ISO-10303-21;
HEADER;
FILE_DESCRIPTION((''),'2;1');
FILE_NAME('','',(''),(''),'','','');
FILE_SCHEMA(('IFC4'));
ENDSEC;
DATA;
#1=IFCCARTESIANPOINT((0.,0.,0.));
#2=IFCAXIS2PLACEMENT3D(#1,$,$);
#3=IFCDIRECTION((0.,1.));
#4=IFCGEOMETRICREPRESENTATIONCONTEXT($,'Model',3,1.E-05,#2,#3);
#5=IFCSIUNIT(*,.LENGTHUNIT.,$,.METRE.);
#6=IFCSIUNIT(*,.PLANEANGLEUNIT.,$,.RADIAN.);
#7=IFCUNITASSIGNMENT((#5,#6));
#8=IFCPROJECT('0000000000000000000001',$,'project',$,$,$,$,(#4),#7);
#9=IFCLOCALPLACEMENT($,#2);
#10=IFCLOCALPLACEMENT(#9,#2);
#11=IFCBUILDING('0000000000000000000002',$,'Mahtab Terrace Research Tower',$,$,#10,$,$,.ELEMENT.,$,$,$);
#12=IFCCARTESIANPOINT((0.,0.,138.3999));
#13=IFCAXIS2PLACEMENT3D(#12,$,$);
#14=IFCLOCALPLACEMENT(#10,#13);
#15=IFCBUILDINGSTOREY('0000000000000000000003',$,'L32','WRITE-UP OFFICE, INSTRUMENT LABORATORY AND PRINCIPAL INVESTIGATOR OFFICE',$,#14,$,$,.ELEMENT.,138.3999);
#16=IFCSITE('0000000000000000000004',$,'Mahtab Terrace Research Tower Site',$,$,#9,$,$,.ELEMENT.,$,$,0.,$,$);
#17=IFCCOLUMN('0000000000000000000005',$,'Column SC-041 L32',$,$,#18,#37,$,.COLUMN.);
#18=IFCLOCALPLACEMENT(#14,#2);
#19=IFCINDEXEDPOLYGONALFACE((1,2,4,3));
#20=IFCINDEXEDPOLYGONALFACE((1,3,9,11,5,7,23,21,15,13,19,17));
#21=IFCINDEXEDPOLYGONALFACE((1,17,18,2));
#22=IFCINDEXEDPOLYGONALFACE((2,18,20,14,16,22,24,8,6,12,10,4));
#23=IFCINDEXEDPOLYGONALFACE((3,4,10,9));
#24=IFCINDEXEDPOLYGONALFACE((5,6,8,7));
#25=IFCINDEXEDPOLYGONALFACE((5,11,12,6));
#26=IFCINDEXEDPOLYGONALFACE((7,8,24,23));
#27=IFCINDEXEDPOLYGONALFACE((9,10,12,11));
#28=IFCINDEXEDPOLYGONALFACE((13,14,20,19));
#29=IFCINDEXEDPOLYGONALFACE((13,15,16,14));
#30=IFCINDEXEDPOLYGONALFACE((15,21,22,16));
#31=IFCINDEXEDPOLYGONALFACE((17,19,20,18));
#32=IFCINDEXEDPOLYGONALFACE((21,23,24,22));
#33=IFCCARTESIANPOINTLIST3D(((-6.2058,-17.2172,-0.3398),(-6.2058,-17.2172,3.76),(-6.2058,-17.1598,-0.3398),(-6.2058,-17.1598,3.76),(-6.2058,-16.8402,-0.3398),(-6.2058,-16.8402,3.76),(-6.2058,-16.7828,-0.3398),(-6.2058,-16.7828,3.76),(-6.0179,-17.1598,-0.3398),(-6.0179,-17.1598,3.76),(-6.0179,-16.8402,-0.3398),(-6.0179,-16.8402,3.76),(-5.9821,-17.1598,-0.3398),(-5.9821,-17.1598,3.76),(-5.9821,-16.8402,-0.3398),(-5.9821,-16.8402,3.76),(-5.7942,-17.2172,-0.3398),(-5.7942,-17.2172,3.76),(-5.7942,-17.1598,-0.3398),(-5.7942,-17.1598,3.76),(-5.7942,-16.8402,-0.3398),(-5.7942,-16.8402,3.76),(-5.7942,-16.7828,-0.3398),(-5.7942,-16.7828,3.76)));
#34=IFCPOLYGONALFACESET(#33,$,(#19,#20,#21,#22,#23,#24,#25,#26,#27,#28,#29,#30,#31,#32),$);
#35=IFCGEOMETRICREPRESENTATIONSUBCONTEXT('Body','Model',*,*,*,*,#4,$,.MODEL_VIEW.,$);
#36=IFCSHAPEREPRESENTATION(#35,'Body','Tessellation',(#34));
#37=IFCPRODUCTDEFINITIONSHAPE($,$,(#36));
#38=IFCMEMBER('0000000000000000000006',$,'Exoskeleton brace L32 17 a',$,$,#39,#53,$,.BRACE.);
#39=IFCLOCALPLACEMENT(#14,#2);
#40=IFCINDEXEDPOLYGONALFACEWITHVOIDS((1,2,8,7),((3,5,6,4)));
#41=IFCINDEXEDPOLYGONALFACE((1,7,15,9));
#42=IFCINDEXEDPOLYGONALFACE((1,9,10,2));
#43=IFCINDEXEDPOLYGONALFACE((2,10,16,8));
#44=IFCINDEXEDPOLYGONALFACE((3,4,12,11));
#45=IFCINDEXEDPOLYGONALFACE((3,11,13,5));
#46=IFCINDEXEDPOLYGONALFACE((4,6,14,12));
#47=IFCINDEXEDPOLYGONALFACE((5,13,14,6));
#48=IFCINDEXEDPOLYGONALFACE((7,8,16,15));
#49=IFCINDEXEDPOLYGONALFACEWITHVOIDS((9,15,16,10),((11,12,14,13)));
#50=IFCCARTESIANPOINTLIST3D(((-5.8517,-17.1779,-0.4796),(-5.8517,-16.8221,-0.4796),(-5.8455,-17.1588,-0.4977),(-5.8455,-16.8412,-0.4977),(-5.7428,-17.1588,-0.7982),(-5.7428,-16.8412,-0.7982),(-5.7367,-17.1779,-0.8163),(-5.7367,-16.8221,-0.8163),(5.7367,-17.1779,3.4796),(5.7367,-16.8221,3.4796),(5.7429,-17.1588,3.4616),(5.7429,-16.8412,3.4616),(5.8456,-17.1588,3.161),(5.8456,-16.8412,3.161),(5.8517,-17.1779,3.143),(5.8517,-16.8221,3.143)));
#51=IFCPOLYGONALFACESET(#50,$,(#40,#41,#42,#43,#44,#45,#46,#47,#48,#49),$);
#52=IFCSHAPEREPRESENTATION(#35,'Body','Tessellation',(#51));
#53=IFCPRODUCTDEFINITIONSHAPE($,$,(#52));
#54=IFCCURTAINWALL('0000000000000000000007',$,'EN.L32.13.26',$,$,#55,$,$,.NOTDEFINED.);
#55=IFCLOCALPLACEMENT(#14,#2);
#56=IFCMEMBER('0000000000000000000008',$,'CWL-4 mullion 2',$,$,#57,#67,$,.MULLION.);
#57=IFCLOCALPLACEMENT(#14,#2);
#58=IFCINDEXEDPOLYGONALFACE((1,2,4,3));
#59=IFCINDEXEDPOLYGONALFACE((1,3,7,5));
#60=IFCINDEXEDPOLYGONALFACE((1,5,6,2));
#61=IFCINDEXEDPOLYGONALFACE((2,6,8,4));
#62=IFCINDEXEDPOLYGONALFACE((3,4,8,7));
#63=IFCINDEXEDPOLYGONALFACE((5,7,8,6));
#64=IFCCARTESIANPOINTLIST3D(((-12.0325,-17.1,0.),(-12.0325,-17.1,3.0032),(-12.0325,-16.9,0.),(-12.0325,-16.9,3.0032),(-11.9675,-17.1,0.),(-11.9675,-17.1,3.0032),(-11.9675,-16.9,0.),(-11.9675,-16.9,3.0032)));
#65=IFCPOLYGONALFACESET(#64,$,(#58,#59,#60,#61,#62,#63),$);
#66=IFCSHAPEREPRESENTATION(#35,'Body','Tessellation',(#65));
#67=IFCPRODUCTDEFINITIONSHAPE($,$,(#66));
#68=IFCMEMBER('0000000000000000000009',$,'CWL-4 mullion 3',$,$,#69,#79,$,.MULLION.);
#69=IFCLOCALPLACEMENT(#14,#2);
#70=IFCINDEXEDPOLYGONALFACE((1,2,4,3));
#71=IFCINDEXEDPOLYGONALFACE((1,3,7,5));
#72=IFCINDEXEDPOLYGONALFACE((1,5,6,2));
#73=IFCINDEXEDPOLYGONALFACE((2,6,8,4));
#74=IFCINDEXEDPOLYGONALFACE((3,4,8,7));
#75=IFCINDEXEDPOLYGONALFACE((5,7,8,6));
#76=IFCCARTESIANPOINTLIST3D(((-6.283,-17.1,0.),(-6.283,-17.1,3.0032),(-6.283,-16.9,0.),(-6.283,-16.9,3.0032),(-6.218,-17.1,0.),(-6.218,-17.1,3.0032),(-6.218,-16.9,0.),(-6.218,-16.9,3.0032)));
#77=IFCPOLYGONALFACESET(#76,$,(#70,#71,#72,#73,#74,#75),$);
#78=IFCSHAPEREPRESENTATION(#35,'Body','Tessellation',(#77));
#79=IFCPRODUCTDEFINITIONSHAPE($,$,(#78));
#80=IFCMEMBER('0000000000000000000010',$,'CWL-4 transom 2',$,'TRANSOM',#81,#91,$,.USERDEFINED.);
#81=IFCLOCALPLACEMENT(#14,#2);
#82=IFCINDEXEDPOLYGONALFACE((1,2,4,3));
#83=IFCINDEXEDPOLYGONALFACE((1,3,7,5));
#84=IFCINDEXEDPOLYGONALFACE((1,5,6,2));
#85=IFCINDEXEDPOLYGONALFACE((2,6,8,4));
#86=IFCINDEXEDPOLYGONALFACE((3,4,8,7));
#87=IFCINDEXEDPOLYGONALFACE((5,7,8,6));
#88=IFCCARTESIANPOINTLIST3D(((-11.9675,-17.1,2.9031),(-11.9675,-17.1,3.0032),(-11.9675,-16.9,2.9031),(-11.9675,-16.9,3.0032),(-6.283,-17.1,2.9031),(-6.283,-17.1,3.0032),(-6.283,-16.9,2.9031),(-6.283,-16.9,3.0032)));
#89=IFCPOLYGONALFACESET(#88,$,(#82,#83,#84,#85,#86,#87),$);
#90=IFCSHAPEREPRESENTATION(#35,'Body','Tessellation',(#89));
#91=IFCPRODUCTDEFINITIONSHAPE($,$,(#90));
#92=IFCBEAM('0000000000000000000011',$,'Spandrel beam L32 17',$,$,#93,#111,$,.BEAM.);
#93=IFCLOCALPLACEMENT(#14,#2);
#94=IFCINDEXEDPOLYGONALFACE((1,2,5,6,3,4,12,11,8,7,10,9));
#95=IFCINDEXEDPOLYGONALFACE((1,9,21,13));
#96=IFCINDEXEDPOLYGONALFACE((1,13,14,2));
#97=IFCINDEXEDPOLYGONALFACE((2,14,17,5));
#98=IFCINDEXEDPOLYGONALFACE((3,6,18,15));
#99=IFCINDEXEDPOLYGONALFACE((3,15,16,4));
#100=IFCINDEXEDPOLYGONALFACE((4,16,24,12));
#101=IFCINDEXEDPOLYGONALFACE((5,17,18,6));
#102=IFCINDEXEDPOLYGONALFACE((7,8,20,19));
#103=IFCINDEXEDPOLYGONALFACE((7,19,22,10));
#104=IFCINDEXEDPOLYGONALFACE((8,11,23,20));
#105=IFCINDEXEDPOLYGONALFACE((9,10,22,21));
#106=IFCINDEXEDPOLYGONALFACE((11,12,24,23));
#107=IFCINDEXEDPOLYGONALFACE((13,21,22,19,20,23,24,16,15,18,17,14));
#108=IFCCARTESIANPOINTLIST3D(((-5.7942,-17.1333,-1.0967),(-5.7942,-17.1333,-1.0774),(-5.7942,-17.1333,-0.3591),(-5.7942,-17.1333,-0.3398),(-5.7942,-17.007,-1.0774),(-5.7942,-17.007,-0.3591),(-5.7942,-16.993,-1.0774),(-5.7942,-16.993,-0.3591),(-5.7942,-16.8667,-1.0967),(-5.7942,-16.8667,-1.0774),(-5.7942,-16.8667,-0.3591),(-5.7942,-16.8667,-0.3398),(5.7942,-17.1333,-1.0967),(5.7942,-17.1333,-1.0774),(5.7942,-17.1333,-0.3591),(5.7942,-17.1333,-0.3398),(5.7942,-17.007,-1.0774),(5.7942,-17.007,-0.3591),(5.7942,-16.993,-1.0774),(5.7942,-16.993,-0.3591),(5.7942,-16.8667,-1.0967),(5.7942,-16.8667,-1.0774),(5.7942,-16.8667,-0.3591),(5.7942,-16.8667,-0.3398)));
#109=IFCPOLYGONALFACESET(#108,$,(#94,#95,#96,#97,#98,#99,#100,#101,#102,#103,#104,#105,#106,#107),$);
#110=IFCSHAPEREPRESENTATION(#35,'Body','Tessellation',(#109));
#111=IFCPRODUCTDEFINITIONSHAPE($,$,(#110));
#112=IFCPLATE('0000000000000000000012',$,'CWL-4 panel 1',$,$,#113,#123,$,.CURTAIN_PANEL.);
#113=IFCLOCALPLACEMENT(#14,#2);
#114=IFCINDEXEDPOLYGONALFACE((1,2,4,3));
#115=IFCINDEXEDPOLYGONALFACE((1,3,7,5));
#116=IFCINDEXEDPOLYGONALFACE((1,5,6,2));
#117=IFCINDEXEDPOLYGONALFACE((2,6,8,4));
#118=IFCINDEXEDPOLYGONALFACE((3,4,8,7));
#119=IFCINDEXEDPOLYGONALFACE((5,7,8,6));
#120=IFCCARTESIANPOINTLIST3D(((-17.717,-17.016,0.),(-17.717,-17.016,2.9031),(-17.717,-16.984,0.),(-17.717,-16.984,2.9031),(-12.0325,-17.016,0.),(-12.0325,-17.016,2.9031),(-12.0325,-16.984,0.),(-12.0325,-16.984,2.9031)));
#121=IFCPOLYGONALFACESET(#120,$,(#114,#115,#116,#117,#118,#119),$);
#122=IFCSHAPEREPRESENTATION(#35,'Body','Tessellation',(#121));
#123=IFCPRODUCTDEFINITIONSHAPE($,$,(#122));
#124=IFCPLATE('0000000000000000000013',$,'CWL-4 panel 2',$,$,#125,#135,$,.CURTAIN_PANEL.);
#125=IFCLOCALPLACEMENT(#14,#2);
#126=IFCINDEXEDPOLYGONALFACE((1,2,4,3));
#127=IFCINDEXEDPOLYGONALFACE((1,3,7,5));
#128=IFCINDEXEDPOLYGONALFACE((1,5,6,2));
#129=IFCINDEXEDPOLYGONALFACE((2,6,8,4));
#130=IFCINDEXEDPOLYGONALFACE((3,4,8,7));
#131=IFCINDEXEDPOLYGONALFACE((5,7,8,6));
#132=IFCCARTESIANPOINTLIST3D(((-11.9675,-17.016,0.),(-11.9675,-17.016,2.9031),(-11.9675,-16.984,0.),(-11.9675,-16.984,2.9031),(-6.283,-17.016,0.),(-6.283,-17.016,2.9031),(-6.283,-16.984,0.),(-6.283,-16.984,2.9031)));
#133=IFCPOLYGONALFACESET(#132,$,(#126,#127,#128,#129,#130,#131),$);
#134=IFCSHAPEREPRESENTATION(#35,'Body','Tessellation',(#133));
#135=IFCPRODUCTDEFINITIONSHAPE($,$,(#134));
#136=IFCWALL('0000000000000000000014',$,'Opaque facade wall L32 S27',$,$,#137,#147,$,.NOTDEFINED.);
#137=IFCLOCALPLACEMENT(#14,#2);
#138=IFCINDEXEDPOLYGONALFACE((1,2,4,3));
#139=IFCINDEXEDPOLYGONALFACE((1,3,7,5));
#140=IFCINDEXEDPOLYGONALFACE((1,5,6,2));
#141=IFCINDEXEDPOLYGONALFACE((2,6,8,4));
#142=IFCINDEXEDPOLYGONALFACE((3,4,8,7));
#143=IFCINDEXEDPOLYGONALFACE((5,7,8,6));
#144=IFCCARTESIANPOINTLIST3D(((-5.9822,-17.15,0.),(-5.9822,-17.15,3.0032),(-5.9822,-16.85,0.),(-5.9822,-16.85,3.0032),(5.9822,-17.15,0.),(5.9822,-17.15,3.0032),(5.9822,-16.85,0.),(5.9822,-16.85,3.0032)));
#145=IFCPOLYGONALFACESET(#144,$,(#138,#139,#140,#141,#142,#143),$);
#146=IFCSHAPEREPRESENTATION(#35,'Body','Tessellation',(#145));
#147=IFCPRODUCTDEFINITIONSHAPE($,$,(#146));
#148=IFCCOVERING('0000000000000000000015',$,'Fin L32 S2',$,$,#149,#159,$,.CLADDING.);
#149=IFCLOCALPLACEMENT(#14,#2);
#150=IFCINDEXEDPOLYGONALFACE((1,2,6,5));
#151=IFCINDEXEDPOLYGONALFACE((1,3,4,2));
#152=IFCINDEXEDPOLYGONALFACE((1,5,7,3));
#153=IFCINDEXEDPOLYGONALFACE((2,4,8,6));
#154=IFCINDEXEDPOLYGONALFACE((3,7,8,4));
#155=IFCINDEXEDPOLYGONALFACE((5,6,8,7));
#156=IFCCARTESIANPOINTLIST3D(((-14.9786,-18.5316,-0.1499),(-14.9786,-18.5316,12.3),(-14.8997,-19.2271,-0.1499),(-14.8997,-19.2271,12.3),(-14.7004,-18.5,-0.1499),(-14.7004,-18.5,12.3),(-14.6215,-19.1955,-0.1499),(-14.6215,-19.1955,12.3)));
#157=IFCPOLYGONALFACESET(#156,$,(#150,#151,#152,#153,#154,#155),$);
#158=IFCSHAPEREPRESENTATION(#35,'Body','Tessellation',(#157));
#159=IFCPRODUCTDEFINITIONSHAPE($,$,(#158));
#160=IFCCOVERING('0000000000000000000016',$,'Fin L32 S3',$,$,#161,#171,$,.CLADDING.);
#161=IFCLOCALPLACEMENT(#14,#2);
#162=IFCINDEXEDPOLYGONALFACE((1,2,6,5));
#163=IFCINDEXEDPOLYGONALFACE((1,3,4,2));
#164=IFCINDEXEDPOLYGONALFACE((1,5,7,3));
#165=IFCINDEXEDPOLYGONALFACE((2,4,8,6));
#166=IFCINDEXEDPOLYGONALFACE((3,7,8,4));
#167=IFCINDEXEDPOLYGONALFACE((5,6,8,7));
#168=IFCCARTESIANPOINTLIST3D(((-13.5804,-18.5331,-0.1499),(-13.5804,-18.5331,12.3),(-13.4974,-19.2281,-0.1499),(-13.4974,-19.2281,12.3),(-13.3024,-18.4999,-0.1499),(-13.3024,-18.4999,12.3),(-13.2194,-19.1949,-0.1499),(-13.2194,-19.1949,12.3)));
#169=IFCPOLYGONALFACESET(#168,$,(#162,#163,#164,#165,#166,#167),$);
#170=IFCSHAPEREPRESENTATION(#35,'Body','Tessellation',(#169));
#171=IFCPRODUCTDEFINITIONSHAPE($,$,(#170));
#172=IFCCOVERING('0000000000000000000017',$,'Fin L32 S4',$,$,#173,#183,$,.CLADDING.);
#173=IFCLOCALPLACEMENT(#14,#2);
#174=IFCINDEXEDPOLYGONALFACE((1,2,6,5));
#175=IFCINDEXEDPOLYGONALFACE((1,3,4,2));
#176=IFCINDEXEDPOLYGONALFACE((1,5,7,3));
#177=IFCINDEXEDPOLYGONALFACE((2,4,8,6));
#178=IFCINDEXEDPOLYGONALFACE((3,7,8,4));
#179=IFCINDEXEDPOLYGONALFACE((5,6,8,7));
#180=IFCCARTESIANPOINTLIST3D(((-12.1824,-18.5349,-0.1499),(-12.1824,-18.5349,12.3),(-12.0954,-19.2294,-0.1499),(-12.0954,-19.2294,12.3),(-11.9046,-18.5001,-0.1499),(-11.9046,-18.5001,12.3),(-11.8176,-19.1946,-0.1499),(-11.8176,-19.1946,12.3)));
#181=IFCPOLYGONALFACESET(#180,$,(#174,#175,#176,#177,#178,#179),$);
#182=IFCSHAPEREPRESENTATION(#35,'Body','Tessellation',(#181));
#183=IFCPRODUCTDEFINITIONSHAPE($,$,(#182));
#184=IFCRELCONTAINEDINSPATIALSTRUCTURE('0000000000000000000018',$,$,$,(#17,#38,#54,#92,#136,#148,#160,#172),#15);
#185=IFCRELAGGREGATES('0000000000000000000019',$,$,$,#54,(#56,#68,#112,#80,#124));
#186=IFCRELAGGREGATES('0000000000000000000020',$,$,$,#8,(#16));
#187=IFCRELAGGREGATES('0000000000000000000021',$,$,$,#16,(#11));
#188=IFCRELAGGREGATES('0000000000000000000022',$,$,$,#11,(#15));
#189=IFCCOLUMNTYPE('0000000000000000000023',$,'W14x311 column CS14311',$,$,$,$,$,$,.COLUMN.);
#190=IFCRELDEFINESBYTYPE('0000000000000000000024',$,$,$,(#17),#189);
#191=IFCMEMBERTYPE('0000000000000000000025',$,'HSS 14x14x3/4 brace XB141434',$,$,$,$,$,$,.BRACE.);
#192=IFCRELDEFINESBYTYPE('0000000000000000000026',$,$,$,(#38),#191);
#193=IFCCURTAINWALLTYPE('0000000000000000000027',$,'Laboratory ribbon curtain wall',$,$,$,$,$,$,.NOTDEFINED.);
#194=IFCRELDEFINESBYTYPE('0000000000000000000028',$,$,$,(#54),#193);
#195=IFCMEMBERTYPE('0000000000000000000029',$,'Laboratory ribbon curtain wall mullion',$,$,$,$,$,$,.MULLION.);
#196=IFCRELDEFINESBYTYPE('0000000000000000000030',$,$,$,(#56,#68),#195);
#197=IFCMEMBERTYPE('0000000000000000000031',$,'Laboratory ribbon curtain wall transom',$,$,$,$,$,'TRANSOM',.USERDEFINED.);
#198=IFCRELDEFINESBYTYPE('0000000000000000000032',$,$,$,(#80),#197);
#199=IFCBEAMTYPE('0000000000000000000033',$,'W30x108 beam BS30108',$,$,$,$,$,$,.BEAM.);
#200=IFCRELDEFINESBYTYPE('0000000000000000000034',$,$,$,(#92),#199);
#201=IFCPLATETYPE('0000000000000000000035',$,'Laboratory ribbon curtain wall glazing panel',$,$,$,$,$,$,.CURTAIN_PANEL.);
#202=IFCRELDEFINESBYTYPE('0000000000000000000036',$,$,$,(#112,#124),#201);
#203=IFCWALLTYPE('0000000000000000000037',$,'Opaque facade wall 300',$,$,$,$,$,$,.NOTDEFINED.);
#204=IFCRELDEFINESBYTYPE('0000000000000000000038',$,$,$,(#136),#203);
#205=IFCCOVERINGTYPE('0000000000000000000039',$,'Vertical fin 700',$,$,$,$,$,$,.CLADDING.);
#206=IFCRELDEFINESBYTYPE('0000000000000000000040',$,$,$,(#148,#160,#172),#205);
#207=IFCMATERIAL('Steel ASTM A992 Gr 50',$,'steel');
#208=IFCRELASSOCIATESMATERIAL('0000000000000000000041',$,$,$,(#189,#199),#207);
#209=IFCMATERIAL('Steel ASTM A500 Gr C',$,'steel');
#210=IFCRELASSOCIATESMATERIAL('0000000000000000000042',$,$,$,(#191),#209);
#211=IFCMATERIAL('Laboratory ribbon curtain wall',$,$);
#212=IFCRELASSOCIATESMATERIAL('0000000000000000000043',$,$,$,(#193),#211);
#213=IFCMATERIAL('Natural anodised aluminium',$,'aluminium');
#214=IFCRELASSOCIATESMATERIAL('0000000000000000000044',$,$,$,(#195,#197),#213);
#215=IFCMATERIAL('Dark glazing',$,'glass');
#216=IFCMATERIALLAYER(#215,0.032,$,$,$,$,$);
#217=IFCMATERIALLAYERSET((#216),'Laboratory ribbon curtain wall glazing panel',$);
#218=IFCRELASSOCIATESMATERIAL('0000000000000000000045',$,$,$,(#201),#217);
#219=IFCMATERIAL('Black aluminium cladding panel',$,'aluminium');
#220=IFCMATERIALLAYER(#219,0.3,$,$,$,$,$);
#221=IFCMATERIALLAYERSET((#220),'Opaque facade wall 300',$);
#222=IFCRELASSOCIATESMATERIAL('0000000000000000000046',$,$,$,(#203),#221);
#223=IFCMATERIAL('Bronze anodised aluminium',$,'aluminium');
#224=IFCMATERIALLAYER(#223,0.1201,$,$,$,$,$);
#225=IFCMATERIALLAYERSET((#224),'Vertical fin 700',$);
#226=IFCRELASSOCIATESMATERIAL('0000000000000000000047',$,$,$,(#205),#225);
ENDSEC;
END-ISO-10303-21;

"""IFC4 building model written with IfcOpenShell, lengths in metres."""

from ifc_helpers import new_model, si_unit, direction, frame, frame_2d, origin, origin_2d, place, context, subcontext, project, spatial, rectangle, hollow_rectangle, i_section, extrude, material, layer, layer_set, material_profile, profile_set, type_object, element, aggregate, save


model = new_model("IFC4")

# Units and contexts
model_context = context("Model", 3, precision=1e-05, world=origin(), true_north=direction((0.0, 1.0)))
body_context = subcontext(model_context, "Body", "Model", "MODEL_VIEW")
ifc_project = project(units=[si_unit("LENGTHUNIT", "METRE"), si_unit("PLANEANGLEUNIT", "RADIAN")], contexts=[model_context])

# Site, building, storey
site_placement = place(None, origin())
site = spatial("IfcSite", under=ifc_project, at=site_placement, Name="Mahtab Terrace Research Tower Site", CompositionType="ELEMENT", RefElevation=0.0)
building_placement = place(site_placement, origin())
building = spatial("IfcBuilding", under=site, at=building_placement, Name="Mahtab Terrace Research Tower", CompositionType="ELEMENT")
storey_placement = place(building_placement, frame((0.0, 0.0, 138.3999)))
storey = spatial("IfcBuildingStorey", under=building, at=storey_placement, Name="L32", Description="WRITE-UP OFFICE, INSTRUMENT LABORATORY AND PRINCIPAL INVESTIGATOR OFFICE", CompositionType="ELEMENT", Elevation=138.3999)

# Column
ifc_material_1 = material(Name="Steel ASTM A992 Gr 50", Category="steel")
ifc_material_profile_1 = material_profile(ifc_material_1, i_section(OverallWidth=0.4116, OverallDepth=0.4343, WebThickness=0.0359, FlangeThickness=0.0574, at=origin_2d()), Name="W14X311")
ifc_profile_set_1 = profile_set([ifc_material_profile_1], Name="Steel ASTM A992 Gr 50")
column_type = type_object("IfcColumnType", Name="W14x311 column CS14311", PredefinedType="COLUMN", material=ifc_profile_set_1)
column_placement = place(storey_placement, frame((-6.0, -17.0, -0.3398), z_axis=(0.0, 0.0, 1.0), x_axis=(1.0, 0.0, 0.0)))
element("IfcColumn", 1, at=column_placement, inside=storey, type_object=column_type, Name="Column SC-041 L32", PredefinedType="COLUMN", context=body_context, shape_type="SweptSolid", body=[
    extrude(i_section(OverallWidth=0.4116, OverallDepth=0.4343, WebThickness=0.0359, FlangeThickness=0.0574, at=origin_2d()), origin(), (0.0, 0.0, 1.0), 4.0999),
])

# Member
ifc_material_2 = material(Name="Steel ASTM A500 Gr C", Category="steel")
ifc_material_profile_2 = material_profile(ifc_material_2, hollow_rectangle(XDim=0.3557, YDim=0.3557, WallThickness=0.019, at=origin_2d()), Name="HSS14X14X3/4")
ifc_profile_set_2 = profile_set([ifc_material_profile_2], Name="Steel ASTM A500 Gr C")
member_type_1 = type_object("IfcMemberType", Name="HSS 14x14x3/4 brace XB141434", PredefinedType="BRACE", material=ifc_profile_set_2)
member_1_placement = place(storey_placement, frame((-5.7942, -17.0, -0.6479), z_axis=(0.946294, 0.0, 0.323306), x_axis=(0.0, 1.0, 0.0)))
element("IfcMember", 2, at=member_1_placement, inside=storey, type_object=member_type_1, Name="Exoskeleton brace L32 17 a", PredefinedType="BRACE", context=body_context, shape_type="SweptSolid", body=[
    extrude(hollow_rectangle(XDim=0.3557, YDim=0.3557, WallThickness=0.019, at=origin_2d()), origin(), (0.0, 0.0, 1.0), 12.2461),
])

# Curtain wall, members
ifc_material_3 = material(Name="Laboratory ribbon curtain wall")
curtain_wall_type = type_object("IfcCurtainWallType", Name="Laboratory ribbon curtain wall", PredefinedType="NOTDEFINED", material=ifc_material_3)
curtain_wall_placement = place(storey_placement, origin())
curtain_wall = element("IfcCurtainWall", 3, at=curtain_wall_placement, inside=storey, type_object=curtain_wall_type, Name="EN.L32.13.26", PredefinedType="NOTDEFINED")
ifc_material_4 = material(Name="Natural anodised aluminium", Category="aluminium")
ifc_material_profile_3 = material_profile(ifc_material_4, rectangle(XDim=0.2, YDim=0.0649, at=origin_2d()), Name="MULLION 65x200")
ifc_profile_set_3 = profile_set([ifc_material_profile_3], Name="Natural anodised aluminium")
member_type_2 = type_object("IfcMemberType", Name="Laboratory ribbon curtain wall mullion", PredefinedType="MULLION", material=ifc_profile_set_3)
member_2_placement = place(storey_placement, frame((-12.0, -17.0, 0.0), z_axis=(0.0, 0.0, 1.0), x_axis=(0.0, 1.0, 0.0)))
member_2 = element("IfcMember", 4, at=member_2_placement, type_object=member_type_2, Name="CWL-4 mullion 2", PredefinedType="MULLION", context=body_context, shape_type="SweptSolid", body=[
    extrude(rectangle(XDim=0.2, YDim=0.0649, at=origin_2d()), origin(), (0.0, 0.0, 1.0), 3.0032),
])
member_3_placement = place(storey_placement, frame((-6.2505, -17.0, 0.0), z_axis=(0.0, 0.0, 1.0), x_axis=(0.0, 1.0, 0.0)))
member_3 = element("IfcMember", 5, at=member_3_placement, type_object=member_type_2, Name="CWL-4 mullion 3", PredefinedType="MULLION", context=body_context, shape_type="SweptSolid", body=[
    extrude(rectangle(XDim=0.2, YDim=0.0649, at=origin_2d()), origin(), (0.0, 0.0, 1.0), 3.0032),
])
ifc_material_profile_4 = material_profile(ifc_material_4, rectangle(XDim=0.2, YDim=0.1001, at=origin_2d()), Name="TRANSOM 100x200")
ifc_profile_set_4 = profile_set([ifc_material_profile_4], Name="Natural anodised aluminium")
member_type_3 = type_object("IfcMemberType", Name="Laboratory ribbon curtain wall transom", ElementType="TRANSOM", PredefinedType="USERDEFINED", material=ifc_profile_set_4)
member_4_placement = place(storey_placement, frame((-11.9675, -17.0, 2.9531), z_axis=(1.0, 0.0, 0.0), x_axis=(0.0, 1.0, 0.0)))
member_4 = element("IfcMember", 6, at=member_4_placement, type_object=member_type_3, Name="CWL-4 transom 2", ObjectType="TRANSOM", PredefinedType="USERDEFINED", context=body_context, shape_type="SweptSolid", body=[
    extrude(rectangle(XDim=0.2, YDim=0.1001, at=origin_2d()), origin(), (0.0, 0.0, 1.0), 5.6846),
])

# Beam
ifc_material_profile_5 = material_profile(ifc_material_1, i_section(OverallWidth=0.2666, OverallDepth=0.7568, WebThickness=0.0139, FlangeThickness=0.0193, at=origin_2d()), Name="W30X108")
ifc_profile_set_5 = profile_set([ifc_material_profile_5], Name="Steel ASTM A992 Gr 50")
beam_type = type_object("IfcBeamType", Name="W30x108 beam BS30108", PredefinedType="BEAM", material=ifc_profile_set_5)
beam_placement = place(storey_placement, frame((-5.7942, -17.0, -0.7183), z_axis=(1.0, 0.0, 0.0), x_axis=(0.0, 1.0, 0.0)))
element("IfcBeam", 7, at=beam_placement, inside=storey, type_object=beam_type, Name="Spandrel beam L32 17", PredefinedType="BEAM", context=body_context, shape_type="SweptSolid", body=[
    extrude(i_section(OverallWidth=0.2666, OverallDepth=0.7568, WebThickness=0.0139, FlangeThickness=0.0193, at=origin_2d()), origin(), (0.0, 0.0, 1.0), 11.5884),
])

# Plates
ifc_material_5 = material(Name="Dark glazing", Category="glass")
ifc_layer_1 = layer(ifc_material_5, 0.032)
ifc_layer_set_1 = layer_set([ifc_layer_1], Name="Laboratory ribbon curtain wall glazing panel")
plate_type = type_object("IfcPlateType", Name="Laboratory ribbon curtain wall glazing panel", PredefinedType="CURTAIN_PANEL", material=ifc_layer_set_1)
plate_1_placement = place(storey_placement, frame((-14.8748, -17.0, 0.0), z_axis=(0.0, 0.0, 1.0), x_axis=(1.0, 0.0, 0.0)))
plate_1 = element("IfcPlate", 8, at=plate_1_placement, type_object=plate_type, Name="CWL-4 panel 1", PredefinedType="CURTAIN_PANEL", context=body_context, shape_type="SweptSolid", body=[
    extrude(rectangle(XDim=5.6846, YDim=0.032, at=origin_2d()), origin(), (0.0, 0.0, 1.0), 2.9031),
])
plate_2_placement = place(storey_placement, frame((-9.1252, -17.0, 0.0), z_axis=(0.0, 0.0, 1.0), x_axis=(1.0, 0.0, 0.0)))
plate_2 = element("IfcPlate", 9, at=plate_2_placement, type_object=plate_type, Name="CWL-4 panel 2", PredefinedType="CURTAIN_PANEL", context=body_context, shape_type="SweptSolid", body=[
    extrude(rectangle(XDim=5.6846, YDim=0.032, at=origin_2d()), origin(), (0.0, 0.0, 1.0), 2.9031),
])
aggregate(curtain_wall, [member_2, member_3, plate_1, member_4, plate_2])

# Wall
ifc_material_6 = material(Name="Black aluminium cladding panel", Category="aluminium")
ifc_layer_2 = layer(ifc_material_6, 0.3)
ifc_layer_set_2 = layer_set([ifc_layer_2], Name="Opaque facade wall 300")
wall_type = type_object("IfcWallType", Name="Opaque facade wall 300", PredefinedType="NOTDEFINED", material=ifc_layer_set_2)
wall_placement = place(storey_placement, frame((-5.9822, -17.0, 0.0), z_axis=(0.0, 0.0, 1.0), x_axis=(1.0, 0.0, 0.0)))
element("IfcWall", 10, at=wall_placement, inside=storey, type_object=wall_type, Name="Opaque facade wall L32 S27", PredefinedType="NOTDEFINED", context=body_context, shape_type="SweptSolid", body=[
    extrude(rectangle(XDim=11.9644, YDim=0.3, at=frame_2d((5.9822, 0.0))), origin(), (0.0, 0.0, 1.0), 3.0032),
])

# Coverings
ifc_material_7 = material(Name="Bronze anodised aluminium", Category="aluminium")
ifc_layer_3 = layer(ifc_material_7, 0.1201)
ifc_layer_set_3 = layer_set([ifc_layer_3], Name="Vertical fin 700")
covering_type = type_object("IfcCoveringType", Name="Vertical fin 700", PredefinedType="CLADDING", material=ifc_layer_set_3)
for number, where, z_axis, x_axis, name in (
    (11, (-14.8, -18.8635, -0.1499), (0.0, 0.0, 1.0), (0.993619, 0.11279, 0.0), "Fin L32 S2"),
    (12, (-13.3999, -18.864, -0.1499), (0.0, 0.0, 1.0), (0.992946, 0.118569, 0.0), "Fin L32 S3"),
    (13, (-12.0, -18.8647, -0.1499), (0.0, 0.0, 1.0), (0.992239, 0.124344, 0.0), "Fin L32 S4"),
):
    element("IfcCovering", number, at=place(storey_placement, frame(where, z_axis=z_axis, x_axis=x_axis)), inside=storey, type_object=covering_type, Name=name, PredefinedType="CLADDING", context=body_context, shape_type="SweptSolid", body=[
        extrude(rectangle(XDim=0.28, YDim=0.7, at=origin_2d()), origin(), (0.0, 0.0, 1.0), 12.45),
    ])

save(model, "model.ifc")
